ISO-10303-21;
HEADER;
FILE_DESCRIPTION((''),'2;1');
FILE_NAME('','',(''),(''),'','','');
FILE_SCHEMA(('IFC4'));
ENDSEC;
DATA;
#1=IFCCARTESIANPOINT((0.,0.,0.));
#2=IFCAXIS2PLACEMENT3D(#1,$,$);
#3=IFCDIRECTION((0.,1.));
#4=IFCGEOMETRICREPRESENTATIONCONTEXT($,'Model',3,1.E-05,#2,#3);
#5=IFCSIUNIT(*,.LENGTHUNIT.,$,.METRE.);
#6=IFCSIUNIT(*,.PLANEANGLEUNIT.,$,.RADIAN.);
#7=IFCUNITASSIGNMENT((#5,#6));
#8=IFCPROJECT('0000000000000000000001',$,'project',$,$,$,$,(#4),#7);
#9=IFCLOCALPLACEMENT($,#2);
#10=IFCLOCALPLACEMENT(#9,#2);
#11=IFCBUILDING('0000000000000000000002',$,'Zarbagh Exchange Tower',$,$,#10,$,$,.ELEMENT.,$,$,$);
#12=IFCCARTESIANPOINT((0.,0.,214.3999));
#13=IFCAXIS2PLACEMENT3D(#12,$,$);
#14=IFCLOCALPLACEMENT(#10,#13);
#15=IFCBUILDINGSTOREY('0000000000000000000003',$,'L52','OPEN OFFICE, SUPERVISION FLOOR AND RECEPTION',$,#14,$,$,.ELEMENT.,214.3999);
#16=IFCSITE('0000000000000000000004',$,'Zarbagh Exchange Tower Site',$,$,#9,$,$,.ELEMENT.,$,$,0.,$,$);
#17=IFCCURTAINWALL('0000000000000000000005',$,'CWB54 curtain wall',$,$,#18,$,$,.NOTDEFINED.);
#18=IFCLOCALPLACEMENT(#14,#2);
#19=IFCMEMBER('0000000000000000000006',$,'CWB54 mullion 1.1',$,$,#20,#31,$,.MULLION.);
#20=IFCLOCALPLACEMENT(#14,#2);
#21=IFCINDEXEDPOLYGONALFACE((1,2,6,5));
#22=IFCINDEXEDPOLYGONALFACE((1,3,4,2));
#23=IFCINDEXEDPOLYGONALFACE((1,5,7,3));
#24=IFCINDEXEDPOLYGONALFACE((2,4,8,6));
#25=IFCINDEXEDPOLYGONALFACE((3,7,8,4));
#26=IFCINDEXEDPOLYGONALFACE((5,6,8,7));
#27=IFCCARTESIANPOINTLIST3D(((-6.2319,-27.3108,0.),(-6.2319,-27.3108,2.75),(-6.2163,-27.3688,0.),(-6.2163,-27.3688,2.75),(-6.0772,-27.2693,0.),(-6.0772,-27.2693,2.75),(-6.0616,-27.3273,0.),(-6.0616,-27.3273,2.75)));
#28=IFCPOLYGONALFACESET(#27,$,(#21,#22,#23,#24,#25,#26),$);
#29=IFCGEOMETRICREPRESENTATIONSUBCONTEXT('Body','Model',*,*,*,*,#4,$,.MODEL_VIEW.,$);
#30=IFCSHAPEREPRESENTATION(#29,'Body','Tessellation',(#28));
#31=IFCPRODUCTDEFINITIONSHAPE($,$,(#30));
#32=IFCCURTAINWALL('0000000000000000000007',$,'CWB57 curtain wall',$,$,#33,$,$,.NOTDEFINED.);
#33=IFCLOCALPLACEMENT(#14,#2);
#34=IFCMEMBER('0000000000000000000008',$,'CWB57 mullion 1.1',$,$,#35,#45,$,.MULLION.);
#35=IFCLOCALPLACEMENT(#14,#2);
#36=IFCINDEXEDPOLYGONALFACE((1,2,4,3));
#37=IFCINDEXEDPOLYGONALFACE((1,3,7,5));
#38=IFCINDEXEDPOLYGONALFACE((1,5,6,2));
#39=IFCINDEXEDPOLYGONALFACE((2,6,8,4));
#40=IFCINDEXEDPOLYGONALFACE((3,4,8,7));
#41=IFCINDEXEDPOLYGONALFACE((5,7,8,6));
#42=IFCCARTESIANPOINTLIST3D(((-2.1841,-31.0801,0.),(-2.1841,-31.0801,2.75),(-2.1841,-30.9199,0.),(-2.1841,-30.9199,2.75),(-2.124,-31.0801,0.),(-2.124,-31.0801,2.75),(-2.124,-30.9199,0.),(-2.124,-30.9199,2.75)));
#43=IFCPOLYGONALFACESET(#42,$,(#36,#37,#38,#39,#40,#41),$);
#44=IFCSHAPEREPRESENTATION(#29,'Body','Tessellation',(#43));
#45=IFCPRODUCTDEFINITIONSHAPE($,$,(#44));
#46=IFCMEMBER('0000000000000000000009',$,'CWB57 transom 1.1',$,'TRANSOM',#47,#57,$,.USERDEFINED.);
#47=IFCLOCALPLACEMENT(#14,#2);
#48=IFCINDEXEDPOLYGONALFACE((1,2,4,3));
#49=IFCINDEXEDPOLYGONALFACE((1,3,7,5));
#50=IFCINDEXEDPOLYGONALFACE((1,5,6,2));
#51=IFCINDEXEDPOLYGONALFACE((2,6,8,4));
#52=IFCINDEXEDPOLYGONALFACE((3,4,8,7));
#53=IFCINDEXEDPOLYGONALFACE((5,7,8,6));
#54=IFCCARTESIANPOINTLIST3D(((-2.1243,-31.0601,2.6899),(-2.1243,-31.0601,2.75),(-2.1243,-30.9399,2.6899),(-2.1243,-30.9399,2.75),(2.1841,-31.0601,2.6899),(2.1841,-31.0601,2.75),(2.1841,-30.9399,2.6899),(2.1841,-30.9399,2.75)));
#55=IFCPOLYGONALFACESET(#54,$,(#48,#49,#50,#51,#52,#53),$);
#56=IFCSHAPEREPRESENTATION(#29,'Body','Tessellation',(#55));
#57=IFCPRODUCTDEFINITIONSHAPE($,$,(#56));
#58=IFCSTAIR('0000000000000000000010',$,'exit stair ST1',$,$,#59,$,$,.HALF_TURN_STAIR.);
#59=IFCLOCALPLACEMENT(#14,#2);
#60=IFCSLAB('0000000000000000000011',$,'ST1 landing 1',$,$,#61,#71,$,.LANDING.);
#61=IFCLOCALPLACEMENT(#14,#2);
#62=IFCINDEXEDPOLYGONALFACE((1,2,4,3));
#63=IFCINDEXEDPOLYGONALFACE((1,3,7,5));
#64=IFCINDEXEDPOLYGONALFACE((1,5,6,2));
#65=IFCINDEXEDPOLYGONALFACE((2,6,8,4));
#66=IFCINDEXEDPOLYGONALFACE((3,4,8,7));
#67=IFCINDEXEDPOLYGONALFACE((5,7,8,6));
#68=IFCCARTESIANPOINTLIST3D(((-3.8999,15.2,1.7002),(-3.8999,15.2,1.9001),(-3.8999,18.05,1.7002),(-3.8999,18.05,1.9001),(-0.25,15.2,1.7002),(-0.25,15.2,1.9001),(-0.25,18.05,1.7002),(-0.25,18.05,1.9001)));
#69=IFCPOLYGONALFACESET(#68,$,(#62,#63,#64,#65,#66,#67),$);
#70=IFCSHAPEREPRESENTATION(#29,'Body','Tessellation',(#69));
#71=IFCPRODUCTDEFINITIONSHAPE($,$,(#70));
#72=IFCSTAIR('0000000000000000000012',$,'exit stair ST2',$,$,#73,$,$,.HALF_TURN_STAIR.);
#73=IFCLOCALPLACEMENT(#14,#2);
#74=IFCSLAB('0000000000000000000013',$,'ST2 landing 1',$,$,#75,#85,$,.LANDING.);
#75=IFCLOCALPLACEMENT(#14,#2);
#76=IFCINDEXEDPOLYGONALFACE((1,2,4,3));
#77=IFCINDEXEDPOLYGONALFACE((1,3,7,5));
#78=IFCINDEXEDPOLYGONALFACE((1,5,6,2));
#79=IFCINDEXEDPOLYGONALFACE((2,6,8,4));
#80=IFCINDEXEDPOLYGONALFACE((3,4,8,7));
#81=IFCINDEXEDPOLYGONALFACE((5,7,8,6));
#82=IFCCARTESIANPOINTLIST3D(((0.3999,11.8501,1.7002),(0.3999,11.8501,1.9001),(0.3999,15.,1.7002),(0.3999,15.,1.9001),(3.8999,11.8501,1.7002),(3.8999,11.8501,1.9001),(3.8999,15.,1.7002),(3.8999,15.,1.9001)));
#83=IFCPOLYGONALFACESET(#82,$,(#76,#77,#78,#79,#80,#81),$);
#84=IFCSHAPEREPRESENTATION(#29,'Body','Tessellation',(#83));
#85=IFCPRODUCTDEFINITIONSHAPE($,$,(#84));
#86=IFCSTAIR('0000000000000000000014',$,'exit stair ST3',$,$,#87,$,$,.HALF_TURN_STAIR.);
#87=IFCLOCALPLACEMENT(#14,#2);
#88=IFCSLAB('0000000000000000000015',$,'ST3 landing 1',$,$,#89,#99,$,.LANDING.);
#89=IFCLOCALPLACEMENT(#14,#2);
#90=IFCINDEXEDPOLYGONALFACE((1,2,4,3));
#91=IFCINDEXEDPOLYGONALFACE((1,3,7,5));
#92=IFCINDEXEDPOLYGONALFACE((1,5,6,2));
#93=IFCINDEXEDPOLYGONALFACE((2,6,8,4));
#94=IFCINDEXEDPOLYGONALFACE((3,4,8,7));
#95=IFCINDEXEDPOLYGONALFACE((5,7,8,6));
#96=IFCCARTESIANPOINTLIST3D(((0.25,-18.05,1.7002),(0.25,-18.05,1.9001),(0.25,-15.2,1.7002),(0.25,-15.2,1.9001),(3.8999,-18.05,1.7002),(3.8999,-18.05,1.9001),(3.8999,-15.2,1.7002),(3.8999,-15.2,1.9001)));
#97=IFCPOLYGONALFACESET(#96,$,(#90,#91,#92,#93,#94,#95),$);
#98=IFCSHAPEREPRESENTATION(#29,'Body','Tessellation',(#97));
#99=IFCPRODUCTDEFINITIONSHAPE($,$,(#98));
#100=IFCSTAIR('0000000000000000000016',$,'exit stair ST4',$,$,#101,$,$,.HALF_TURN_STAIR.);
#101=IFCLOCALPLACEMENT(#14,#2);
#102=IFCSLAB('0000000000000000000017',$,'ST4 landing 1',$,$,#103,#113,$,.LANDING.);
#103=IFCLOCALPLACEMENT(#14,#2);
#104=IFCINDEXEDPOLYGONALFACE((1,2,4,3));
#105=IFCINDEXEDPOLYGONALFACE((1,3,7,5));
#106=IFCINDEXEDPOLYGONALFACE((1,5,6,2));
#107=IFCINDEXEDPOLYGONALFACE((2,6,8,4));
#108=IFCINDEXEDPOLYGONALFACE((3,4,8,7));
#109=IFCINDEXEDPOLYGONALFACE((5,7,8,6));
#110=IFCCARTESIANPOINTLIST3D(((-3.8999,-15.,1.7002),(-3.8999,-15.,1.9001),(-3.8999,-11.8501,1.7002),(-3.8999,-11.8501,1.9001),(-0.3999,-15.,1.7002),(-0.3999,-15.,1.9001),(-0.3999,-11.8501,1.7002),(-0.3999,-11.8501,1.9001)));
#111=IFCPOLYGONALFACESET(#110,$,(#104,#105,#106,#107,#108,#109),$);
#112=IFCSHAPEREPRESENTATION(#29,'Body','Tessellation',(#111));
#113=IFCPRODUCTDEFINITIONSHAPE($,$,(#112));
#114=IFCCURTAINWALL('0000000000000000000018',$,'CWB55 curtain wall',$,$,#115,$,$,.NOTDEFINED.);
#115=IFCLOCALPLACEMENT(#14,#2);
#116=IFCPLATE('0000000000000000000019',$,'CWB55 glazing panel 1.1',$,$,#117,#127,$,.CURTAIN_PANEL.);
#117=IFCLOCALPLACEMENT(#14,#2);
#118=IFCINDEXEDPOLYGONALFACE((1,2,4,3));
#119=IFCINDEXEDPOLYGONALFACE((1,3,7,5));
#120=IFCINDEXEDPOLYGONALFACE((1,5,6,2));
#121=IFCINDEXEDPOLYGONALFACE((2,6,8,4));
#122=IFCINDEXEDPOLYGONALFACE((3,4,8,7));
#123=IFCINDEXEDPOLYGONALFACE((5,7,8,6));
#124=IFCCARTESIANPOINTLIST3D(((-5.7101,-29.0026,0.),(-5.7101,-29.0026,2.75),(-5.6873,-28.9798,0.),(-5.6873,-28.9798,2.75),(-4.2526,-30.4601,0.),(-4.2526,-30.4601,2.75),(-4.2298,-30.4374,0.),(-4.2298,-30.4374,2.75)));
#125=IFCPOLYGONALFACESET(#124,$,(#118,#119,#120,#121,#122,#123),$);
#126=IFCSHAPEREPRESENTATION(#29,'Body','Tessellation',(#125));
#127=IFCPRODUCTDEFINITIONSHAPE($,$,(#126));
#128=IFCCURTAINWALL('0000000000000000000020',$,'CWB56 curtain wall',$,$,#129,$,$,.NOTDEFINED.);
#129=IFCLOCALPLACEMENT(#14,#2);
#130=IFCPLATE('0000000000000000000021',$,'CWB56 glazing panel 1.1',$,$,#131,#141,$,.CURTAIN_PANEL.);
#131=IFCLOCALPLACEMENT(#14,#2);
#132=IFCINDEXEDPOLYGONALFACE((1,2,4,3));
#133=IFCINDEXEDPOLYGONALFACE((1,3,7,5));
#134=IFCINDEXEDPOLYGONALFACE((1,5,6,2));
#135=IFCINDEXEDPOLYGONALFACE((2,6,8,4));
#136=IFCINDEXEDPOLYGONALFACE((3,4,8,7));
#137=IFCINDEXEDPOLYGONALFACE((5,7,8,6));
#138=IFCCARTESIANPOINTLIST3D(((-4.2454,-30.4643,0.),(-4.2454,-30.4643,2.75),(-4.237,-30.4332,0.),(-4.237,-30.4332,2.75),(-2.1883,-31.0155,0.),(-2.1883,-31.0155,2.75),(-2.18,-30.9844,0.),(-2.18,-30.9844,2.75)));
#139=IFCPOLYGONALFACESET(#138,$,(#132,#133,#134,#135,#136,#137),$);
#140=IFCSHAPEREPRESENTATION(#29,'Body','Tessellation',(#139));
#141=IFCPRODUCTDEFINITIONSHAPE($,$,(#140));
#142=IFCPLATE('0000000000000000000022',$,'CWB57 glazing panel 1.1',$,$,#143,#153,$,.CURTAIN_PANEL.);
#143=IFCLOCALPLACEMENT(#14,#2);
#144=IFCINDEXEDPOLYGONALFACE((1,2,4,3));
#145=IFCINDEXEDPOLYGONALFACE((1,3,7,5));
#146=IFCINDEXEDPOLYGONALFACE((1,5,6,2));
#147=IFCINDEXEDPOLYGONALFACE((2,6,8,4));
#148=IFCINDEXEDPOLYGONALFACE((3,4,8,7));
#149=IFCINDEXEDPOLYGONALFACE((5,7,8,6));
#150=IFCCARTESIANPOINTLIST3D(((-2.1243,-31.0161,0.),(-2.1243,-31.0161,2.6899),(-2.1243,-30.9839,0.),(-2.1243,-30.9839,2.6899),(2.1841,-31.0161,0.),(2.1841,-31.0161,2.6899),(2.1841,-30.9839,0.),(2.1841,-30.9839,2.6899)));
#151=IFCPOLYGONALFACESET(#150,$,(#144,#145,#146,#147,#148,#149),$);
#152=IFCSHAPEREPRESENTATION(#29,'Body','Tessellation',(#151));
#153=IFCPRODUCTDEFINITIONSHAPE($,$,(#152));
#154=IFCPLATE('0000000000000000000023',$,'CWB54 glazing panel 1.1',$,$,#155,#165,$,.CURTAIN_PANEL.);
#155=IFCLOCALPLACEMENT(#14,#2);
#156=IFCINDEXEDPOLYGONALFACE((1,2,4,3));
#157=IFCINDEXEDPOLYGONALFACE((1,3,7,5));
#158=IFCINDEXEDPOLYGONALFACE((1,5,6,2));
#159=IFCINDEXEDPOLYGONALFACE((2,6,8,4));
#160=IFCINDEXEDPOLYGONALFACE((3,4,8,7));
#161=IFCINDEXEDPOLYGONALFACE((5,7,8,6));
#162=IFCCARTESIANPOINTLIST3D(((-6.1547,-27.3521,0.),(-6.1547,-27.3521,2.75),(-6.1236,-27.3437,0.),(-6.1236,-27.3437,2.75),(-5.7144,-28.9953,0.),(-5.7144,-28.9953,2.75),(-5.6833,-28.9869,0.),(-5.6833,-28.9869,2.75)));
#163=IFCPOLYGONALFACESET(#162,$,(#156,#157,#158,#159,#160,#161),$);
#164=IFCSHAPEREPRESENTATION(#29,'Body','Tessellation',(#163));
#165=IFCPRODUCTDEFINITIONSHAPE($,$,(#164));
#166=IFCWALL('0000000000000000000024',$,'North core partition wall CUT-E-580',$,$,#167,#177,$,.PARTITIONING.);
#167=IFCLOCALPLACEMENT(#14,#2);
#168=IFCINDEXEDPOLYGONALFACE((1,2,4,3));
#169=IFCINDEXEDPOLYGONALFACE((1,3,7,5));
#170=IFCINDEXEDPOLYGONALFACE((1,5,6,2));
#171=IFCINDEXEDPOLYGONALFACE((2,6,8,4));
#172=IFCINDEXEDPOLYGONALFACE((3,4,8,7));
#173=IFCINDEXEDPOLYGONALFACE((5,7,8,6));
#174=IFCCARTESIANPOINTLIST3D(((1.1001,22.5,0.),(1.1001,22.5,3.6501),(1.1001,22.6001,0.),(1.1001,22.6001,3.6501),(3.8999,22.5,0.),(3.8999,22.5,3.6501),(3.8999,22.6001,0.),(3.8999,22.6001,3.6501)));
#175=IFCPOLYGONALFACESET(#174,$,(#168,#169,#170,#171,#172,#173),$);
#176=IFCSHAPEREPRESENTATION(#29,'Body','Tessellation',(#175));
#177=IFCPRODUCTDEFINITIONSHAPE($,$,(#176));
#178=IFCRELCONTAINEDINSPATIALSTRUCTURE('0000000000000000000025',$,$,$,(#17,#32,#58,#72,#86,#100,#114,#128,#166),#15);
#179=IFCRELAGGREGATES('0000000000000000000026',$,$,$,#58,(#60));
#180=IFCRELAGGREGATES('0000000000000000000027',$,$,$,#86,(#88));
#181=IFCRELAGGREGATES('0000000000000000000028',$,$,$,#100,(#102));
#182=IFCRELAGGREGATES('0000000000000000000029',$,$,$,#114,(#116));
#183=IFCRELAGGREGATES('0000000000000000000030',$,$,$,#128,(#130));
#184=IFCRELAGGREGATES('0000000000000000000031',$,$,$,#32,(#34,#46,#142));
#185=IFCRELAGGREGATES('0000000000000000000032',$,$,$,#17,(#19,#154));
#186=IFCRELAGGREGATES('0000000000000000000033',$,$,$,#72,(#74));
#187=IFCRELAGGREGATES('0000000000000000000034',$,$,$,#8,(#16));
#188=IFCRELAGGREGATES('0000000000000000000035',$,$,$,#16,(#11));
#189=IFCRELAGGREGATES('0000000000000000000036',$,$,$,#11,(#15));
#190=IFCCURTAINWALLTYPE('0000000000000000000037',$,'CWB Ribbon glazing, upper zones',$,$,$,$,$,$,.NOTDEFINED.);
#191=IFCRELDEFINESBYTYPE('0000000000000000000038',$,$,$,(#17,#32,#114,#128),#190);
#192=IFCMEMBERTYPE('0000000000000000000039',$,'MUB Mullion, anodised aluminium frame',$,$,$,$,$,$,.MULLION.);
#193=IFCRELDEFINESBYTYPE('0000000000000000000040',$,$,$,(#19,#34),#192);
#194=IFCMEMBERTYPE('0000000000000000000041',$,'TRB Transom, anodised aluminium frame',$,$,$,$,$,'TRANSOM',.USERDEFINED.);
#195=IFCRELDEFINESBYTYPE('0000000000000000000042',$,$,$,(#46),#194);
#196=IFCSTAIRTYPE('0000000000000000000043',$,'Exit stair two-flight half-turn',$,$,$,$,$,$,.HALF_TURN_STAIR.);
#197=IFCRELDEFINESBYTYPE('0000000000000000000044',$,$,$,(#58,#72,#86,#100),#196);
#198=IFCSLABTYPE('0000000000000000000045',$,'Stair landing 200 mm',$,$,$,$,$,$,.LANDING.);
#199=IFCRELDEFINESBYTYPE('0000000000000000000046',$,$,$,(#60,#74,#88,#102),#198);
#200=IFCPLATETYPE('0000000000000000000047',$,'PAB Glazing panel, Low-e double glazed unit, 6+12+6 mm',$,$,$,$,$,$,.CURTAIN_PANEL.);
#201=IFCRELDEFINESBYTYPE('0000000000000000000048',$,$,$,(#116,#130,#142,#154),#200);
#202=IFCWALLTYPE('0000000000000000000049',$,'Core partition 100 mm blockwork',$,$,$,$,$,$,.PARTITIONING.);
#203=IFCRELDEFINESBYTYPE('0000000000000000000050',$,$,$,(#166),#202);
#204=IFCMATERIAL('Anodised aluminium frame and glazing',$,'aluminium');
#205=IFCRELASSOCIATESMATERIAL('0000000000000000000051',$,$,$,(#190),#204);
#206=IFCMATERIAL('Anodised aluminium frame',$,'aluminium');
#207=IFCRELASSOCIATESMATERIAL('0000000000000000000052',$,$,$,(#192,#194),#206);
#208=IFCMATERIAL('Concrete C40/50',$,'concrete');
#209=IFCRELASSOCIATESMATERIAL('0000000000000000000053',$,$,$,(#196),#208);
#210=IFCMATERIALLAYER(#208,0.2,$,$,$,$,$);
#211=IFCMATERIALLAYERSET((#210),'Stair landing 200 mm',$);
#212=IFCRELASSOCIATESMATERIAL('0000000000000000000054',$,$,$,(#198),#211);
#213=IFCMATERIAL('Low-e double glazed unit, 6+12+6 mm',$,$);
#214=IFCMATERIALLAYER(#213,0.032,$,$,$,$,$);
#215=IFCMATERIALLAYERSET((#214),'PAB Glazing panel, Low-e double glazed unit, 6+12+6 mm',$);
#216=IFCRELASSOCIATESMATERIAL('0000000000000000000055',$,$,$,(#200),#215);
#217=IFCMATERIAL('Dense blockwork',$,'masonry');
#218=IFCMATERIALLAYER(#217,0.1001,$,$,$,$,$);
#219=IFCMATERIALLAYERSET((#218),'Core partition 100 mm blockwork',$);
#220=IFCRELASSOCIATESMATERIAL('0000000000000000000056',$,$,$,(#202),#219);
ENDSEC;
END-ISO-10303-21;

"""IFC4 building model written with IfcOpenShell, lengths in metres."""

from ifc_helpers import new_model, si_unit, direction, frame, frame_2d, origin, place, context, subcontext, project, spatial, polyline, rectangle, outline, extrude, source, transform, mapped, material, layer, layer_set, type_object, element, aggregate, save


model = new_model("IFC4")

# Units and contexts
model_context = context("Model", 3, precision=1e-05, world=origin(), true_north=direction((0.0, 1.0)))
body_context = subcontext(model_context, "Body", "Model", "MODEL_VIEW")
ifc_project = project(units=[si_unit("LENGTHUNIT", "METRE"), si_unit("PLANEANGLEUNIT", "RADIAN")], contexts=[model_context])

# Site, building, storey
site_placement = place(None, origin())
site = spatial("IfcSite", under=ifc_project, at=site_placement, Name="Zarbagh Exchange Tower Site", CompositionType="ELEMENT", RefElevation=0.0)
building_placement = place(site_placement, origin())
building = spatial("IfcBuilding", under=site, at=building_placement, Name="Zarbagh Exchange Tower", CompositionType="ELEMENT")
storey_placement = place(building_placement, frame((0.0, 0.0, 214.3999)))
storey = spatial("IfcBuildingStorey", under=building, at=storey_placement, Name="L52", Description="OPEN OFFICE, SUPERVISION FLOOR AND RECEPTION", CompositionType="ELEMENT", Elevation=214.3999)

# Curtain wall, member
ifc_material_1 = material(Name="Anodised aluminium frame and glazing", Category="aluminium")
curtain_wall_type = type_object("IfcCurtainWallType", Name="CWB Ribbon glazing, upper zones", PredefinedType="NOTDEFINED", material=ifc_material_1)
curtain_wall_1_placement = place(storey_placement, origin())
curtain_wall_1 = element("IfcCurtainWall", 1, at=curtain_wall_1_placement, inside=storey, type_object=curtain_wall_type, Name="CWB54 curtain wall", PredefinedType="NOTDEFINED")
ifc_material_2 = material(Name="Anodised aluminium frame", Category="aluminium")
member_type_1 = type_object("IfcMemberType", Name="MUB Mullion, anodised aluminium frame", PredefinedType="MULLION", material=ifc_material_2)
shared_shape_1 = source(origin(), body_context, "Body", "SweptSolid", [
    extrude(outline(polyline([(0.0, -0.0801), (0.0601, -0.0801), (0.0601, 0.0801), (0.0, 0.0801), (0.0, -0.0801)])), origin(), (0.0, 0.0, 1.0), 2.75),
])
placement = place(storey_placement, origin())
member_1 = element("IfcMember", 2, at=placement, type_object=member_type_1, Name="CWB54 mullion 1.1", PredefinedType="MULLION", context=body_context, shape_type="MappedRepresentation", body=[
    mapped(shared_shape_1, transform((-6.1545, -27.29, 0.0), x_axis=(0.258825, -0.965924, 0.0), y_axis=(0.965924, 0.258825, 0.0), z_axis=(0.0, 0.0, 1.0))),
])

# Curtain wall, members
curtain_wall_2_placement = place(storey_placement, origin())
curtain_wall_2 = element("IfcCurtainWall", 3, at=curtain_wall_2_placement, inside=storey, type_object=curtain_wall_type, Name="CWB57 curtain wall", PredefinedType="NOTDEFINED")
member_2 = element("IfcMember", 4, at=placement, type_object=member_type_1, Name="CWB57 mullion 1.1", PredefinedType="MULLION", context=body_context, shape_type="MappedRepresentation", body=[
    mapped(shared_shape_1, transform((-2.1841, -31.0, 0.0), x_axis=(1.0, 0.0, 0.0), y_axis=(0.0, 1.0, 0.0), z_axis=(0.0, 0.0, 1.0))),
])
member_type_2 = type_object("IfcMemberType", Name="TRB Transom, anodised aluminium frame", ElementType="TRANSOM", PredefinedType="USERDEFINED", material=ifc_material_2)
shared_shape_2 = source(origin(), body_context, "Body", "SweptSolid", [
    extrude(outline(polyline([(-0.0601, -0.0601), (0.0, -0.0601), (0.0, 0.0601), (-0.0601, 0.0601), (-0.0601, -0.0601)])), origin(), (0.0, 0.0, 1.0), 4.3083),
])
member_3 = element("IfcMember", 5, at=placement, type_object=member_type_2, Name="CWB57 transom 1.1", ObjectType="TRANSOM", PredefinedType="USERDEFINED", context=body_context, shape_type="MappedRepresentation", body=[
    mapped(shared_shape_2, transform((-2.1243, -31.0, 2.75), x_axis=(0.0, 0.0, 1.0), y_axis=(0.0, -1.0, 0.0), z_axis=(1.0, 0.0, 0.0))),
])

# Stairs, slabs
ifc_material_3 = material(Name="Concrete C40/50", Category="concrete")
stair_type = type_object("IfcStairType", Name="Exit stair two-flight half-turn", PredefinedType="HALF_TURN_STAIR", material=ifc_material_3)
stair_1_placement = place(storey_placement, origin())
stair_1 = element("IfcStair", 6, at=stair_1_placement, inside=storey, type_object=stair_type, Name="exit stair ST1", PredefinedType="HALF_TURN_STAIR")
ifc_layer_1 = layer(ifc_material_3, 0.2)
ifc_layer_set_1 = layer_set([ifc_layer_1], Name="Stair landing 200 mm")
slab_type = type_object("IfcSlabType", Name="Stair landing 200 mm", PredefinedType="LANDING", material=ifc_layer_set_1)
slab_1_placement = place(storey_placement, frame((0.0, 0.0, 1.7002)))
slab_1 = element("IfcSlab", 7, at=slab_1_placement, type_object=slab_type, Name="ST1 landing 1", PredefinedType="LANDING", context=body_context, shape_type="SweptSolid", body=[
    extrude(outline(polyline([(-0.25, 18.05), (-3.8999, 18.05), (-3.8999, 15.2), (-0.25, 15.2), (-0.25, 18.05)])), origin(), (0.0, 0.0, 1.0), 0.2),
])
aggregate(stair_1, [slab_1])
stair_2_placement = place(storey_placement, origin())
stair_2 = element("IfcStair", 8, at=stair_2_placement, inside=storey, type_object=stair_type, Name="exit stair ST2", PredefinedType="HALF_TURN_STAIR")
slab_2_placement = place(storey_placement, frame((0.0, 0.0, 1.7002)))
slab_2 = element("IfcSlab", 9, at=slab_2_placement, type_object=slab_type, Name="ST2 landing 1", PredefinedType="LANDING", context=body_context, shape_type="SweptSolid", body=[
    extrude(outline(polyline([(0.3999, 11.8501), (3.8999, 11.8501), (3.8999, 15.0), (0.3999, 15.0), (0.3999, 11.8501)])), origin(), (0.0, 0.0, 1.0), 0.2),
])
stair_3_placement = place(storey_placement, origin())
stair_3 = element("IfcStair", 10, at=stair_3_placement, inside=storey, type_object=stair_type, Name="exit stair ST3", PredefinedType="HALF_TURN_STAIR")
slab_3_placement = place(storey_placement, frame((0.0, 0.0, 1.7002)))
slab_3 = element("IfcSlab", 11, at=slab_3_placement, type_object=slab_type, Name="ST3 landing 1", PredefinedType="LANDING", context=body_context, shape_type="SweptSolid", body=[
    extrude(outline(polyline([(0.25, -18.05), (3.8999, -18.05), (3.8999, -15.2), (0.25, -15.2), (0.25, -18.05)])), origin(), (0.0, 0.0, 1.0), 0.2),
])
aggregate(stair_3, [slab_3])
stair_4_placement = place(storey_placement, origin())
stair_4 = element("IfcStair", 12, at=stair_4_placement, inside=storey, type_object=stair_type, Name="exit stair ST4", PredefinedType="HALF_TURN_STAIR")
slab_4_placement = place(storey_placement, frame((0.0, 0.0, 1.7002)))
slab_4 = element("IfcSlab", 13, at=slab_4_placement, type_object=slab_type, Name="ST4 landing 1", PredefinedType="LANDING", context=body_context, shape_type="SweptSolid", body=[
    extrude(outline(polyline([(-0.3999, -11.8501), (-3.8999, -11.8501), (-3.8999, -15.0), (-0.3999, -15.0), (-0.3999, -11.8501)])), origin(), (0.0, 0.0, 1.0), 0.2),
])
aggregate(stair_4, [slab_4])

# Curtain walls, plates
curtain_wall_3_placement = place(storey_placement, origin())
curtain_wall_3 = element("IfcCurtainWall", 14, at=curtain_wall_3_placement, inside=storey, type_object=curtain_wall_type, Name="CWB55 curtain wall", PredefinedType="NOTDEFINED")
ifc_material_4 = material(Name="Low-e double glazed unit, 6+12+6 mm")
ifc_layer_2 = layer(ifc_material_4, 0.032)
ifc_layer_set_2 = layer_set([ifc_layer_2], Name="PAB Glazing panel, Low-e double glazed unit, 6+12+6 mm")
plate_type = type_object("IfcPlateType", Name="PAB Glazing panel, Low-e double glazed unit, 6+12+6 mm", PredefinedType="CURTAIN_PANEL", material=ifc_layer_set_2)
shared_shape_3 = source(origin(), body_context, "Body", "SweptSolid", [
    extrude(outline(polyline([(0.0, -0.0161), (2.0613, -0.0161), (2.0613, 0.0161), (0.0, 0.0161), (0.0, -0.0161)])), origin(), (0.0, 0.0, 1.0), 2.75),
])
plate_1 = element("IfcPlate", 15, at=placement, type_object=plate_type, Name="CWB55 glazing panel 1.1", PredefinedType="CURTAIN_PANEL", context=body_context, shape_type="MappedRepresentation", body=[
    mapped(shared_shape_3, transform((-5.6987, -28.9912, 0.0), x_axis=(0.707107, -0.707107, 0.0), y_axis=(0.707107, 0.707107, 0.0), z_axis=(0.0, 0.0, 1.0))),
])
aggregate(curtain_wall_3, [plate_1])
curtain_wall_4_placement = place(storey_placement, origin())
curtain_wall_4 = element("IfcCurtainWall", 16, at=curtain_wall_4_placement, inside=storey, type_object=curtain_wall_type, Name="CWB56 curtain wall", PredefinedType="NOTDEFINED")
shared_shape_4 = source(origin(), body_context, "Body", "SweptSolid", [
    extrude(outline(polyline([(0.0, -0.0161), (2.1296, -0.0161), (2.1296, 0.0161), (0.0, 0.0161), (0.0, -0.0161)])), origin(), (0.0, 0.0, 1.0), 2.75),
])
plate_2 = element("IfcPlate", 17, at=placement, type_object=plate_type, Name="CWB56 glazing panel 1.1", PredefinedType="CURTAIN_PANEL", context=body_context, shape_type="MappedRepresentation", body=[
    mapped(shared_shape_4, transform((-4.2412, -30.4487, 0.0), x_axis=(0.965924, -0.258825, 0.0), y_axis=(0.258825, 0.965924, 0.0), z_axis=(0.0, 0.0, 1.0))),
])
aggregate(curtain_wall_4, [plate_2])

# Plates
shared_shape_5 = source(origin(), body_context, "Body", "SweptSolid", [
    extrude(outline(polyline([(0.0, -0.0161), (4.3083, -0.0161), (4.3083, 0.0161), (0.0, 0.0161), (0.0, -0.0161)])), origin(), (0.0, 0.0, 1.0), 2.6899),
])
plate_3 = element("IfcPlate", 18, at=placement, type_object=plate_type, Name="CWB57 glazing panel 1.1", PredefinedType="CURTAIN_PANEL", context=body_context, shape_type="MappedRepresentation", body=[
    mapped(shared_shape_5, transform((-2.1243, -31.0, 0.0), x_axis=(1.0, 0.0, 0.0), y_axis=(0.0, 1.0, 0.0), z_axis=(0.0, 0.0, 1.0))),
])
aggregate(curtain_wall_2, [member_2, member_3, plate_3])
shared_shape_6 = source(origin(), body_context, "Body", "SweptSolid", [
    extrude(outline(polyline([(0.0, -0.0161), (1.7012, -0.0161), (1.7012, 0.0161), (0.0, 0.0161), (0.0, -0.0161)])), origin(), (0.0, 0.0, 1.0), 2.75),
])
plate_4 = element("IfcPlate", 19, at=placement, type_object=plate_type, Name="CWB54 glazing panel 1.1", PredefinedType="CURTAIN_PANEL", context=body_context, shape_type="MappedRepresentation", body=[
    mapped(shared_shape_6, transform((-6.1392, -27.3479, 0.0), x_axis=(0.258825, -0.965924, 0.0), y_axis=(0.965924, 0.258825, 0.0), z_axis=(0.0, 0.0, 1.0))),
])
aggregate(curtain_wall_1, [member_1, plate_4])

# Wall
ifc_material_5 = material(Name="Dense blockwork", Category="masonry")
ifc_layer_3 = layer(ifc_material_5, 0.1001)
ifc_layer_set_3 = layer_set([ifc_layer_3], Name="Core partition 100 mm blockwork")
wall_type_1 = type_object("IfcWallType", Name="Core partition 100 mm blockwork", PredefinedType="PARTITIONING", material=ifc_layer_set_3)
wall_1_placement = place(storey_placement, frame((1.1001, 22.55, 0.0), z_axis=(0.0, 0.0, 1.0), x_axis=(1.0, 0.0, 0.0)))
element("IfcWall", 20, at=wall_1_placement, inside=storey, type_object=wall_type_1, Name="North core partition wall CUT-E-580", PredefinedType="PARTITIONING", context=body_context, shape_type="SweptSolid", body=[
    extrude(rectangle(XDim=2.7998, YDim=0.1001, at=frame_2d((1.3999, 0.0))), origin(), (0.0, 0.0, 1.0), 3.6501),
])

aggregate(stair_2, [slab_2])

save(model, "model.ifc")
